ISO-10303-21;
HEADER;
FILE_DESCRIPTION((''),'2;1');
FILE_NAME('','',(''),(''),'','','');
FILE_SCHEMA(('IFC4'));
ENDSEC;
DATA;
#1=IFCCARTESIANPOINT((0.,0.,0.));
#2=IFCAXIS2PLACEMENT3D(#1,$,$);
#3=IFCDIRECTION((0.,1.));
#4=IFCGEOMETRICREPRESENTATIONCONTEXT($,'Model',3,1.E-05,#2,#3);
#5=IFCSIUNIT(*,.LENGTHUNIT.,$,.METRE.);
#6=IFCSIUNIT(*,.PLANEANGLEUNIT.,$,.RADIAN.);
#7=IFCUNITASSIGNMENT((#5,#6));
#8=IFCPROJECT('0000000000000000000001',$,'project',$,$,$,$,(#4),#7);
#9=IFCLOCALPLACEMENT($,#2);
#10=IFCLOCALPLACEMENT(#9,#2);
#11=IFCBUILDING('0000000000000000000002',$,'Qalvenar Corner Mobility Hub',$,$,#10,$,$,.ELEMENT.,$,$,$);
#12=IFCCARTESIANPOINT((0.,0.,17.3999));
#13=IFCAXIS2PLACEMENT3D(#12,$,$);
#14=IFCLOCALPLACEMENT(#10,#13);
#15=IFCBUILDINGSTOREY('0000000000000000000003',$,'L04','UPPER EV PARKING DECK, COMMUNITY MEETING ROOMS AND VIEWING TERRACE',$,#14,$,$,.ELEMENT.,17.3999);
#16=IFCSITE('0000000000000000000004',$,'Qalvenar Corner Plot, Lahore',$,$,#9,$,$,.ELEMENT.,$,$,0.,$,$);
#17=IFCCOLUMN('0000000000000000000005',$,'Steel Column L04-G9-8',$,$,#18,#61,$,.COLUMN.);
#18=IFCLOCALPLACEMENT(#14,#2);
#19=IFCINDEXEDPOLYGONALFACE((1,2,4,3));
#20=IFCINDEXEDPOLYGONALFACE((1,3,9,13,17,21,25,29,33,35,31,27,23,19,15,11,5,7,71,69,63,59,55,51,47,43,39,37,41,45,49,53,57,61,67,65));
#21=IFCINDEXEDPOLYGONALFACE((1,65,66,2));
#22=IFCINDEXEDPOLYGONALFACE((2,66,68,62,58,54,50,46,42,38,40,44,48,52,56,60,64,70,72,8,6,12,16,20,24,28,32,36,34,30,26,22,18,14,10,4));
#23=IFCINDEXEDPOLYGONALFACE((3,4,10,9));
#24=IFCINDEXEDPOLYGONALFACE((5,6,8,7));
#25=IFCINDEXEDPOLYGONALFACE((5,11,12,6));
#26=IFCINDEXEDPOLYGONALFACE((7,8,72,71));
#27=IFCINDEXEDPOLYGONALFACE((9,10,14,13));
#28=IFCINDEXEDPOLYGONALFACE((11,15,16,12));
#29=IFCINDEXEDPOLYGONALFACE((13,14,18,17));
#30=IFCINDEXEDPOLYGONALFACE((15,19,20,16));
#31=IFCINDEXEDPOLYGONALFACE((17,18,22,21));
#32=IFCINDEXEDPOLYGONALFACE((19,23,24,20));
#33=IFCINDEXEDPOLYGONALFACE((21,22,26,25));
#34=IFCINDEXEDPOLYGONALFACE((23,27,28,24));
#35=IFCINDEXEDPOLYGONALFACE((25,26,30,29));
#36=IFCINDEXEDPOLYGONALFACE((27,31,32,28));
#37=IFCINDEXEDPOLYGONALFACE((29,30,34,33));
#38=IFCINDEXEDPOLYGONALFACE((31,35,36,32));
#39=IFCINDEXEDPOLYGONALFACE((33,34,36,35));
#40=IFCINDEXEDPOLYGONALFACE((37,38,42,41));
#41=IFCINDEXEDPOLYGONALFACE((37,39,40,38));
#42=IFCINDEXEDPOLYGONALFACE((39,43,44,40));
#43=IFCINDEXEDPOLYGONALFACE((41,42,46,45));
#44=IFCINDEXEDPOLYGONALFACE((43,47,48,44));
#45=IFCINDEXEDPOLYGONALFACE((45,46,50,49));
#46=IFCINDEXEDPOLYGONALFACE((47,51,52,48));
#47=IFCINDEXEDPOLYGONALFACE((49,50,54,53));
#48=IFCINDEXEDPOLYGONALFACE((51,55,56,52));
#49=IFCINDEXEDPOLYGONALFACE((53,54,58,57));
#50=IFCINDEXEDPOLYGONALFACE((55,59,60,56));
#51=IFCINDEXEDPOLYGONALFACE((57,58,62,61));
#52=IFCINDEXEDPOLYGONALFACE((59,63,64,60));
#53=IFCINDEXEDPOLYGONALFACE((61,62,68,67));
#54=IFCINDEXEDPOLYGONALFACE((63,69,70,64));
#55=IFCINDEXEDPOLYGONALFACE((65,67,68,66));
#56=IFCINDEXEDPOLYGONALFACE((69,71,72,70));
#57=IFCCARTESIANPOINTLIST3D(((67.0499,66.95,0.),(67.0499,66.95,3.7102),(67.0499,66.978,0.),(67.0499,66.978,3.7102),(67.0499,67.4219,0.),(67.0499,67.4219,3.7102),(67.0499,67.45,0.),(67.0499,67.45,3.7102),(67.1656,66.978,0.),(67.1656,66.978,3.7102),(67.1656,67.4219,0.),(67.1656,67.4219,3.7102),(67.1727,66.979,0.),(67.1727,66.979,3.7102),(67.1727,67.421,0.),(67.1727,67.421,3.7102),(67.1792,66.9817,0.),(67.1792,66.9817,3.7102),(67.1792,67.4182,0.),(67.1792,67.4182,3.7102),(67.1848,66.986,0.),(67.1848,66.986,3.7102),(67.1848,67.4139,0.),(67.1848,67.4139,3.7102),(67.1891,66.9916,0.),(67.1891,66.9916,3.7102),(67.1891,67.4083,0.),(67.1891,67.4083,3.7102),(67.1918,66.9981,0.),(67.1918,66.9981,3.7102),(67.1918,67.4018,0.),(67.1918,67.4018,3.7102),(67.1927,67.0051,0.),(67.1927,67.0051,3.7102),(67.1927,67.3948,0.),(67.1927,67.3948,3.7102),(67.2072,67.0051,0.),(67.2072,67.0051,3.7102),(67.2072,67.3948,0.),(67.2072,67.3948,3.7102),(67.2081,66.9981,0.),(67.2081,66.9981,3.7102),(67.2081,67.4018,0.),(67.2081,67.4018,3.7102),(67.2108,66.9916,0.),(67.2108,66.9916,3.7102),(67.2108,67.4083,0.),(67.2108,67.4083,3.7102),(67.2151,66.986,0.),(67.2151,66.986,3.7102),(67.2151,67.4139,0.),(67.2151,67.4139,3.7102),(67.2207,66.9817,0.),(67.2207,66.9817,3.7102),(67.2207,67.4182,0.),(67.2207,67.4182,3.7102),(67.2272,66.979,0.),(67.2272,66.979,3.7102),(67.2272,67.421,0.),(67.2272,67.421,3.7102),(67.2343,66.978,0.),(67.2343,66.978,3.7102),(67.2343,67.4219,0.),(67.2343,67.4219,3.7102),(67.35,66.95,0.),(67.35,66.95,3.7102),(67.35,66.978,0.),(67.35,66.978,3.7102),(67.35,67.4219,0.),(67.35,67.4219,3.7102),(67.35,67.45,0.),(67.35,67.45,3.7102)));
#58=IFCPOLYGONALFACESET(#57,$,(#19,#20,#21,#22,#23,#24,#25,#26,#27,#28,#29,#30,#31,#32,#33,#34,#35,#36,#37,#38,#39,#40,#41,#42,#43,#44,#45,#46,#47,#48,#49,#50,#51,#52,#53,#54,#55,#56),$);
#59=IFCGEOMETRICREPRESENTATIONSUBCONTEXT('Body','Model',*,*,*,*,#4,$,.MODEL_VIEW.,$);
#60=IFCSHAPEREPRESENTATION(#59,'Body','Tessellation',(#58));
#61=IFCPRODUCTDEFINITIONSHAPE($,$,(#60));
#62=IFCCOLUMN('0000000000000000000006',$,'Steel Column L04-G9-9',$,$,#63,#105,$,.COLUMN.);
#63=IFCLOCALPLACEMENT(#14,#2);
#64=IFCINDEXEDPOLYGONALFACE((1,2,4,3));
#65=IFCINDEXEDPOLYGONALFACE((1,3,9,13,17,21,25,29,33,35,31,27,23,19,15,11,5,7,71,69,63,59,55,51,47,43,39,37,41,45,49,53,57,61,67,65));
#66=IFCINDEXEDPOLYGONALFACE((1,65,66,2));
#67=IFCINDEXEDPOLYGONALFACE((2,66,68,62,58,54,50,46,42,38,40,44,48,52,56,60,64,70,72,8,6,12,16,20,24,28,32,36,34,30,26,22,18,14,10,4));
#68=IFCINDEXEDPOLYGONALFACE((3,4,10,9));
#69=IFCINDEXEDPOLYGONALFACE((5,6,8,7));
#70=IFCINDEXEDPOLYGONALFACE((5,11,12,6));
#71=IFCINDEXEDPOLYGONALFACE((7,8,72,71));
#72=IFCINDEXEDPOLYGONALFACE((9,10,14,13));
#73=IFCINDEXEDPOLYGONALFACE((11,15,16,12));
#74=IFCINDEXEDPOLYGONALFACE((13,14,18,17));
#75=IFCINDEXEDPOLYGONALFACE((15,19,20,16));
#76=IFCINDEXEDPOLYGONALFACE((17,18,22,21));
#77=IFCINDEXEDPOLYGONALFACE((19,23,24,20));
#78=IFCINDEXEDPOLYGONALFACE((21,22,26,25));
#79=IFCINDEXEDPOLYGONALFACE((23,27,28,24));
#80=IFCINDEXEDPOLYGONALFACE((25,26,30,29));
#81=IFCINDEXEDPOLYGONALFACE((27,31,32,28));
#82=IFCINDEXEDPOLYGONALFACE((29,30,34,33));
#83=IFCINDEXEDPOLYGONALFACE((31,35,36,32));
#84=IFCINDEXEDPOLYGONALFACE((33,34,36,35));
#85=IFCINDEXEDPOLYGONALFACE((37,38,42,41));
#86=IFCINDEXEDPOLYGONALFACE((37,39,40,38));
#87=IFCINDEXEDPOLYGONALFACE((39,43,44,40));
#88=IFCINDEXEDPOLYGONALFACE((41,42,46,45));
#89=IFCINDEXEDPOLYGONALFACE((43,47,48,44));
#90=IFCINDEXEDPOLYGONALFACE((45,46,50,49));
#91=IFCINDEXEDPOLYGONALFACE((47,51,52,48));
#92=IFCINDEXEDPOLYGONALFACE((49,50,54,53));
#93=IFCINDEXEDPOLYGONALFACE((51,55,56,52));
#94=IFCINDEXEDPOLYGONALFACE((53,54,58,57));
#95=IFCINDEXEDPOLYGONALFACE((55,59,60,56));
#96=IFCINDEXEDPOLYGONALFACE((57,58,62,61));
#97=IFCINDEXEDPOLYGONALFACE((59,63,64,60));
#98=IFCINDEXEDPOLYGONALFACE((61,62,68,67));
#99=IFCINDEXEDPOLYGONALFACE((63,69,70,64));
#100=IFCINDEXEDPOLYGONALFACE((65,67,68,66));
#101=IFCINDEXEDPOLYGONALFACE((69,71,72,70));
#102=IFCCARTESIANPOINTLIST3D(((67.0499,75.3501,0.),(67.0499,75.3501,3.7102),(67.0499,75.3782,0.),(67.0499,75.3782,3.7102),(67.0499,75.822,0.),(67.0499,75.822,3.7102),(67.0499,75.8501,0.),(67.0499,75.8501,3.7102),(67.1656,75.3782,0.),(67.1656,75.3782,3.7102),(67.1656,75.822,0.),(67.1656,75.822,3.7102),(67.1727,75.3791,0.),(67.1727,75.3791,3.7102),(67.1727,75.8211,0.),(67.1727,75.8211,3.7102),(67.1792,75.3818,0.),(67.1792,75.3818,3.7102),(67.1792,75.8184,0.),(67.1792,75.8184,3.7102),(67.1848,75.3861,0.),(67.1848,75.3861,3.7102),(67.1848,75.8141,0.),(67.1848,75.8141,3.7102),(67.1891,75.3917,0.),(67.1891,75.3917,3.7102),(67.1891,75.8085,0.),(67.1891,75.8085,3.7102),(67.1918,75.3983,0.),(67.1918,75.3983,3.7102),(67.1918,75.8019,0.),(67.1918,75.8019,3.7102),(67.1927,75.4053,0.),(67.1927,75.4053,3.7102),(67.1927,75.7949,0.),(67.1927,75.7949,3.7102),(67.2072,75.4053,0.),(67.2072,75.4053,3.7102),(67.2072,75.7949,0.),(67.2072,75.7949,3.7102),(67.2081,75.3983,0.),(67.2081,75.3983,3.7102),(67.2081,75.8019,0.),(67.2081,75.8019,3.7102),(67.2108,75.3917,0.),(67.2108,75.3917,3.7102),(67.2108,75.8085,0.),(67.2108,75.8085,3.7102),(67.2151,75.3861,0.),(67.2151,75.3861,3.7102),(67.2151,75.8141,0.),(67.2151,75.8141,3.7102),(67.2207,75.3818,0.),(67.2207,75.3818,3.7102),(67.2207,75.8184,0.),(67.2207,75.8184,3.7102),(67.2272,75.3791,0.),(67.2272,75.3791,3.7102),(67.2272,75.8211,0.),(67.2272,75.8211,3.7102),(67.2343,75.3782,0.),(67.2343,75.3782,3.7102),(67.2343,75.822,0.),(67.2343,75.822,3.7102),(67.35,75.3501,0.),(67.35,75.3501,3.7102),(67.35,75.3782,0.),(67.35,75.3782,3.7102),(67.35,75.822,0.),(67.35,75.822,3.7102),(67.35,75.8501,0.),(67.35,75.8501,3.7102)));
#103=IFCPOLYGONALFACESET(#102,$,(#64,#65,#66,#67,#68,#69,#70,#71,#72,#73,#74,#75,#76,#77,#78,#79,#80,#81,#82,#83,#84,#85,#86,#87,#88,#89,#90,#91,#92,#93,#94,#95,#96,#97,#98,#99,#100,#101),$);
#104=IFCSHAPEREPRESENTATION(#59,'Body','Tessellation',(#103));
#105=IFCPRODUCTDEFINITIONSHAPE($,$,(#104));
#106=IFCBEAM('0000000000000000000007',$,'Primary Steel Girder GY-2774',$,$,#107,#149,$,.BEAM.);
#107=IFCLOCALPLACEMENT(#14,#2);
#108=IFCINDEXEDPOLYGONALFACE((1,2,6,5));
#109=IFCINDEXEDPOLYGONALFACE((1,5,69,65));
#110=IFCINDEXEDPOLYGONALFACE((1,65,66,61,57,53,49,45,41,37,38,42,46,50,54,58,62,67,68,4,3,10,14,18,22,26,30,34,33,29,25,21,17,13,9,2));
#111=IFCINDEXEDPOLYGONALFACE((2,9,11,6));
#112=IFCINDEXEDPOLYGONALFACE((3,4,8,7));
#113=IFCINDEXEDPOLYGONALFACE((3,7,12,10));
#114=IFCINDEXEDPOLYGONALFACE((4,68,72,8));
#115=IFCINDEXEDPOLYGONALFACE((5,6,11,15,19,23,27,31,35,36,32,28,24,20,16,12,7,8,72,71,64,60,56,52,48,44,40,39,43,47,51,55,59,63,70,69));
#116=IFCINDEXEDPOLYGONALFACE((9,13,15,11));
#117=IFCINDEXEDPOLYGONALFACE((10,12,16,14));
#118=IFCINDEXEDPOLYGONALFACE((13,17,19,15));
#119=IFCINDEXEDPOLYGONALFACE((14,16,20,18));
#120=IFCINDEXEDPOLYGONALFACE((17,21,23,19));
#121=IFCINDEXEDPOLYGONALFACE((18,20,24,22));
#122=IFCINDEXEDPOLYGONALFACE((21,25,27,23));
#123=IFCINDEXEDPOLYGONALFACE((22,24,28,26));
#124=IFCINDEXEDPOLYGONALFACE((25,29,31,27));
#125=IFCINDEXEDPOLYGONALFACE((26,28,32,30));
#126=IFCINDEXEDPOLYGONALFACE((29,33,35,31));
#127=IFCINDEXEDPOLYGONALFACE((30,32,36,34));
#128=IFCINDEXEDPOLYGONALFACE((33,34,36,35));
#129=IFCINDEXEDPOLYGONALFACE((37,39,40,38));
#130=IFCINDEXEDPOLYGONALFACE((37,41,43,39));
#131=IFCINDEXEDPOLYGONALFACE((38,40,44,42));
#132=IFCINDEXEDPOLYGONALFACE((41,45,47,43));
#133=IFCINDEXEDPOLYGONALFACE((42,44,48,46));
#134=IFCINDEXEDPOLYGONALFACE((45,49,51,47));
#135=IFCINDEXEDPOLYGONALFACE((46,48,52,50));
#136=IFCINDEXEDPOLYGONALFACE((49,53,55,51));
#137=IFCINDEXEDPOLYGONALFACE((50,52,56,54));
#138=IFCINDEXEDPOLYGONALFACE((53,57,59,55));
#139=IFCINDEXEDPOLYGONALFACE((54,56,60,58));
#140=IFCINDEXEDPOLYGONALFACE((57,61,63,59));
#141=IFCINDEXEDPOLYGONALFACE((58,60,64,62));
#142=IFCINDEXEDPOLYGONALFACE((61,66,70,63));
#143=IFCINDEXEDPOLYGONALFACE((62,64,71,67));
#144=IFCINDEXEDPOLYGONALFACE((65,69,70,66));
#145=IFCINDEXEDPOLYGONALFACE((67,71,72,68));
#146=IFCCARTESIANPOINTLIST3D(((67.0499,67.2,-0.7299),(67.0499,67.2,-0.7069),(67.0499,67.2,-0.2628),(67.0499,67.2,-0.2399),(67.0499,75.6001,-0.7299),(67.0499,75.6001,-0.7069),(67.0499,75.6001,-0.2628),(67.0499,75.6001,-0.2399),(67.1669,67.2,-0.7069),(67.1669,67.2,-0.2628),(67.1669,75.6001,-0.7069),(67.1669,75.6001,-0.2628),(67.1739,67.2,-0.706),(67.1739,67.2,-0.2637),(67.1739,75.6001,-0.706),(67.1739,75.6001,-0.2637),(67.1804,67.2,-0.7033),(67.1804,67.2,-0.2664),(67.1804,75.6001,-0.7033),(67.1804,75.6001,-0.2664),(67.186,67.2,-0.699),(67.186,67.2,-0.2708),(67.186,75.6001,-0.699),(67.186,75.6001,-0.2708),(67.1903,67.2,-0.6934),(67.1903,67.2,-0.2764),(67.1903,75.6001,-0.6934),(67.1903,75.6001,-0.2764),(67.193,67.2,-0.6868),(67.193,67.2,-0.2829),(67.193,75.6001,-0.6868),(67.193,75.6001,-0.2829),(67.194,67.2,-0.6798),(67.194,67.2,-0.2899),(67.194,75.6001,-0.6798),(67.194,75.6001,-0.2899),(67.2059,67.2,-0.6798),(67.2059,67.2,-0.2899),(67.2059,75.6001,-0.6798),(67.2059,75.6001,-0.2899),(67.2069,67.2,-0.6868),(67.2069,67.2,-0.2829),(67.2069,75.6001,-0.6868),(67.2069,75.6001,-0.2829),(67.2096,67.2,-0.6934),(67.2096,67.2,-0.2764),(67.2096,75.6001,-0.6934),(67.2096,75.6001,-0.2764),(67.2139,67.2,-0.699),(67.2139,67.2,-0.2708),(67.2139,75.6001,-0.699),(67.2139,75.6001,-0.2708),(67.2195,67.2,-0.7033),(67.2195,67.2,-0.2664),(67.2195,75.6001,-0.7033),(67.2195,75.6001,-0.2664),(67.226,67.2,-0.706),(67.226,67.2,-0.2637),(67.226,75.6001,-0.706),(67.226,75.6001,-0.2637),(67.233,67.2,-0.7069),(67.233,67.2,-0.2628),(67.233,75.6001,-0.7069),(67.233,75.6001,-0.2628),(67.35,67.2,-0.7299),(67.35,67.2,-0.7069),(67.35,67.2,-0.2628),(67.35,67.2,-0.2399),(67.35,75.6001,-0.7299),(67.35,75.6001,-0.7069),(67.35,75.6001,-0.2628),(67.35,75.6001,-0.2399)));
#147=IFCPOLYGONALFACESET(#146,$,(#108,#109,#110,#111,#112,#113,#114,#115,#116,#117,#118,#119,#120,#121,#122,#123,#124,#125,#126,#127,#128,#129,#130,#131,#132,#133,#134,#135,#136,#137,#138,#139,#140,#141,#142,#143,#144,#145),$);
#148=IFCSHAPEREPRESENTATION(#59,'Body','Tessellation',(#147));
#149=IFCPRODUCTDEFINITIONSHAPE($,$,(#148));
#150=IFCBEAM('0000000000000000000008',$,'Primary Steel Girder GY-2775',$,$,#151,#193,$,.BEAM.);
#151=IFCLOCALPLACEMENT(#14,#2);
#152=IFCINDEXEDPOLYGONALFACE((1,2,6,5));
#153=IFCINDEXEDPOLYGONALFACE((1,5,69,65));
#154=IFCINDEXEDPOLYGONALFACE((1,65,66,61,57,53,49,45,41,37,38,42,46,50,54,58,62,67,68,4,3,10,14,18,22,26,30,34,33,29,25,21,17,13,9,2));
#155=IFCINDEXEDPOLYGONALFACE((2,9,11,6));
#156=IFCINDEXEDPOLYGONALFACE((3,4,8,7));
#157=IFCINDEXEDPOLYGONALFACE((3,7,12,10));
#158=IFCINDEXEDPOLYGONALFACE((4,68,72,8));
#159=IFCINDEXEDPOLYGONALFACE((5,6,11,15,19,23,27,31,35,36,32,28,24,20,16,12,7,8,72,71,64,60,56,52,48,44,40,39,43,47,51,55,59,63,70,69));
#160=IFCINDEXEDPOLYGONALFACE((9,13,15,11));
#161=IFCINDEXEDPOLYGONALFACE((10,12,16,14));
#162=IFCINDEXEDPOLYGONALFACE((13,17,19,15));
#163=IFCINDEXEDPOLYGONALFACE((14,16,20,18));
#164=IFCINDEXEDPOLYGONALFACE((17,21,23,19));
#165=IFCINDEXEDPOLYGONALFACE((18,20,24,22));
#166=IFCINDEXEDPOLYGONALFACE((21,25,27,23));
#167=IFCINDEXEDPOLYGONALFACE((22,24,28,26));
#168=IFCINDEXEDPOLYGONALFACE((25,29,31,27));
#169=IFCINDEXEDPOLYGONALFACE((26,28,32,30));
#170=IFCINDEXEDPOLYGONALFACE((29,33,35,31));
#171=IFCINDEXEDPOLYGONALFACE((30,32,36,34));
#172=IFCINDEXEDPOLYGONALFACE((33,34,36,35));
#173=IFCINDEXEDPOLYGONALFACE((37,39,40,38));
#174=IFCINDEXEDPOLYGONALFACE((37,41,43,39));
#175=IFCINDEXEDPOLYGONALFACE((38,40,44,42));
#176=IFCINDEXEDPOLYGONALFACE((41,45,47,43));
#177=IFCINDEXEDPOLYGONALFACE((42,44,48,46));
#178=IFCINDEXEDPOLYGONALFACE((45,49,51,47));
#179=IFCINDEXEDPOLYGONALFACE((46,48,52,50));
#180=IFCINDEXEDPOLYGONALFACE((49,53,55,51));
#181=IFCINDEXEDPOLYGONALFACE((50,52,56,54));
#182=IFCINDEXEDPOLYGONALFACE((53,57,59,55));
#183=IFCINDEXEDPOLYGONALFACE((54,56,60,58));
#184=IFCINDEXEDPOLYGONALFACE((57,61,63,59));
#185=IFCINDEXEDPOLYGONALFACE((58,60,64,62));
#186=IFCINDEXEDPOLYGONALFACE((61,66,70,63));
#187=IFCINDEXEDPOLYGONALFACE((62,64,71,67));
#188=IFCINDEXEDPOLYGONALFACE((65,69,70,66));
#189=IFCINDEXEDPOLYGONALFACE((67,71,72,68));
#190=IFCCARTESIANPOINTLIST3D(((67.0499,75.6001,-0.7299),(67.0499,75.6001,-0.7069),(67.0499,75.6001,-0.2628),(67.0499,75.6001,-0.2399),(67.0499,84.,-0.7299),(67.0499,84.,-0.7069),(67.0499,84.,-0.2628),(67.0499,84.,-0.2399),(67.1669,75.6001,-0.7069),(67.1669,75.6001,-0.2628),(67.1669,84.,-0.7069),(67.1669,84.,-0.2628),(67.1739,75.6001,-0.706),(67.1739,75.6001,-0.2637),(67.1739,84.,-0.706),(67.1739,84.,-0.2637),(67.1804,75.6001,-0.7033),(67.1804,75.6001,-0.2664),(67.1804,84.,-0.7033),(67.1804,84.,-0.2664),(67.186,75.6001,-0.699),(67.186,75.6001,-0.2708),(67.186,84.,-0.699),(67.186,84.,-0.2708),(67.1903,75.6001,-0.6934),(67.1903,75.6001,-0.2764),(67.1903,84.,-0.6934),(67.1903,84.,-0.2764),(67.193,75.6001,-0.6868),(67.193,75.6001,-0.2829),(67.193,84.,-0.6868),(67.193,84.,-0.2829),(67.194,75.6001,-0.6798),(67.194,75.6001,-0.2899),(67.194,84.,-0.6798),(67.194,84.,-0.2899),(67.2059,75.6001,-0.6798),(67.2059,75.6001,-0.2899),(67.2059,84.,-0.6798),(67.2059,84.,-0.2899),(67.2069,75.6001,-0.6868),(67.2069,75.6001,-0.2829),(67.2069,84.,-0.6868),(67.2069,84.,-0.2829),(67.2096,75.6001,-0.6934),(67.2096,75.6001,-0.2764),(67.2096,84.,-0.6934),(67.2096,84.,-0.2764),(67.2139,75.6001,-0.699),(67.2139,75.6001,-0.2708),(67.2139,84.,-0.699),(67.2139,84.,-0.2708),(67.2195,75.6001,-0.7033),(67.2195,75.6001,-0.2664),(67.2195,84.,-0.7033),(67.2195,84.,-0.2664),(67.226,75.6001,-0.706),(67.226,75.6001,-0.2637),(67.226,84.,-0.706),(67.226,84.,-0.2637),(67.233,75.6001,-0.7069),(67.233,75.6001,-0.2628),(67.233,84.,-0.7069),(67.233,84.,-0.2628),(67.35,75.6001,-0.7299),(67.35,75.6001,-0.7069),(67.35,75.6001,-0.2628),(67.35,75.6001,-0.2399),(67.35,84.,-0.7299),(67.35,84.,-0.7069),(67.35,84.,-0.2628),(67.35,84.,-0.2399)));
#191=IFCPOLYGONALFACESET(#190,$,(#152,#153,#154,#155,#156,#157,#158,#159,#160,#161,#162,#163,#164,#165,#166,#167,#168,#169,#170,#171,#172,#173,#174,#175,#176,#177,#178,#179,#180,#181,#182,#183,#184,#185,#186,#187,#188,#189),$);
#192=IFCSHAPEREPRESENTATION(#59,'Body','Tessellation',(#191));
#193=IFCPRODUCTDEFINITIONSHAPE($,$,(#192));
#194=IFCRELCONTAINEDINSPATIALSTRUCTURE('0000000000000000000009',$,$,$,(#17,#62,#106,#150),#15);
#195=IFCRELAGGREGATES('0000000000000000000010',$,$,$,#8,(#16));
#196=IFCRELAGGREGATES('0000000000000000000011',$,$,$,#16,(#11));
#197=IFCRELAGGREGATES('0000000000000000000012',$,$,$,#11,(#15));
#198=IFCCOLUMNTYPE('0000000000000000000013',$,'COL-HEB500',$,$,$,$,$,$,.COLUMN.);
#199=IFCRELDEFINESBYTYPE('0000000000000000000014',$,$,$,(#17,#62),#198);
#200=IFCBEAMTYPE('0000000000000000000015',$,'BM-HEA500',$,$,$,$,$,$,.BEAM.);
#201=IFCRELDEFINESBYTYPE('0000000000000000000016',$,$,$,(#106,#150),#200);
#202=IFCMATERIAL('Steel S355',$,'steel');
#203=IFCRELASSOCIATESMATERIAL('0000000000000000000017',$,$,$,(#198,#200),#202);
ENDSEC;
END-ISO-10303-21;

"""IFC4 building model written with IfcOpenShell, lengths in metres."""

from ifc_helpers import new_model, si_unit, direction, frame, origin, origin_2d, place, context, subcontext, project, spatial, i_section, extrude, material, material_profile, profile_set, type_object, element, save


model = new_model("IFC4")

# Units and contexts
model_context = context("Model", 3, precision=1e-05, world=origin(), true_north=direction((0.0, 1.0)))
body_context = subcontext(model_context, "Body", "Model", "MODEL_VIEW")
ifc_project = project(units=[si_unit("LENGTHUNIT", "METRE"), si_unit("PLANEANGLEUNIT", "RADIAN")], contexts=[model_context])

# Site, building, storey
site_placement = place(None, origin())
site = spatial("IfcSite", under=ifc_project, at=site_placement, Name="Qalvenar Corner Plot, Lahore", CompositionType="ELEMENT", RefElevation=0.0)
building_placement = place(site_placement, origin())
building = spatial("IfcBuilding", under=site, at=building_placement, Name="Qalvenar Corner Mobility Hub", CompositionType="ELEMENT")
storey_placement = place(building_placement, frame((0.0, 0.0, 17.3999)))
storey = spatial("IfcBuildingStorey", under=building, at=storey_placement, Name="L04", Description="UPPER EV PARKING DECK, COMMUNITY MEETING ROOMS AND VIEWING TERRACE", CompositionType="ELEMENT", Elevation=17.3999)

# Columns
ifc_material_1 = material(Name="Steel S355", Category="steel")
ifc_material_profile_1 = material_profile(ifc_material_1, i_section(OverallWidth=0.3, OverallDepth=0.5, WebThickness=0.0144, FlangeThickness=0.0281, FilletRadius=0.0271, at=origin_2d()), Name="HEB500")
ifc_profile_set_1 = profile_set([ifc_material_profile_1], Name="Steel S355")
column_type = type_object("IfcColumnType", Name="COL-HEB500", PredefinedType="COLUMN", material=ifc_profile_set_1)
for number, where, z_axis, x_axis, name in (
    (1, (67.2, 67.2, 0.0), (0.0, 0.0, 1.0), (1.0, 0.0, 0.0), "Steel Column L04-G9-8"),
    (2, (67.2, 75.6001, 0.0), (0.0, 0.0, 1.0), (1.0, 0.0, 0.0), "Steel Column L04-G9-9"),
):
    element("IfcColumn", number, at=place(storey_placement, frame(where, z_axis=z_axis, x_axis=x_axis)), inside=storey, type_object=column_type, Name=name, PredefinedType="COLUMN", context=body_context, shape_type="SweptSolid", body=[
        extrude(i_section(OverallWidth=0.3, OverallDepth=0.5, WebThickness=0.0144, FlangeThickness=0.0281, FilletRadius=0.0271, at=origin_2d()), origin(), (0.0, 0.0, 1.0), 3.7102),
    ])

# Beams
ifc_material_profile_2 = material_profile(ifc_material_1, i_section(OverallWidth=0.3, OverallDepth=0.49, WebThickness=0.012, FlangeThickness=0.0229, FilletRadius=0.0271, at=origin_2d()), Name="HEA500")
ifc_profile_set_2 = profile_set([ifc_material_profile_2], Name="Steel S355")
beam_type_1 = type_object("IfcBeamType", Name="BM-HEA500", PredefinedType="BEAM", material=ifc_profile_set_2)
beam_1_placement = place(storey_placement, frame((67.2, 67.2, -0.4849), z_axis=(0.0, 1.0, 0.0), x_axis=(-1.0, 0.0, 0.0)))
element("IfcBeam", 3, at=beam_1_placement, inside=storey, type_object=beam_type_1, Name="Primary Steel Girder GY-2774", PredefinedType="BEAM", context=body_context, shape_type="SweptSolid", body=[
    extrude(i_section(OverallWidth=0.3, OverallDepth=0.49, WebThickness=0.012, FlangeThickness=0.0229, FilletRadius=0.0271, at=origin_2d()), origin(), (0.0, 0.0, 1.0), 8.4001),
])
beam_2_placement = place(storey_placement, frame((67.2, 75.6001, -0.4849), z_axis=(0.0, 1.0, 0.0), x_axis=(-1.0, 0.0, 0.0)))
element("IfcBeam", 4, at=beam_2_placement, inside=storey, type_object=beam_type_1, Name="Primary Steel Girder GY-2775", PredefinedType="BEAM", context=body_context, shape_type="SweptSolid", body=[
    extrude(i_section(OverallWidth=0.3, OverallDepth=0.49, WebThickness=0.012, FlangeThickness=0.0229, FilletRadius=0.0271, at=origin_2d()), origin(), (0.0, 0.0, 1.0), 8.3999),
])

save(model, "model.ifc")
